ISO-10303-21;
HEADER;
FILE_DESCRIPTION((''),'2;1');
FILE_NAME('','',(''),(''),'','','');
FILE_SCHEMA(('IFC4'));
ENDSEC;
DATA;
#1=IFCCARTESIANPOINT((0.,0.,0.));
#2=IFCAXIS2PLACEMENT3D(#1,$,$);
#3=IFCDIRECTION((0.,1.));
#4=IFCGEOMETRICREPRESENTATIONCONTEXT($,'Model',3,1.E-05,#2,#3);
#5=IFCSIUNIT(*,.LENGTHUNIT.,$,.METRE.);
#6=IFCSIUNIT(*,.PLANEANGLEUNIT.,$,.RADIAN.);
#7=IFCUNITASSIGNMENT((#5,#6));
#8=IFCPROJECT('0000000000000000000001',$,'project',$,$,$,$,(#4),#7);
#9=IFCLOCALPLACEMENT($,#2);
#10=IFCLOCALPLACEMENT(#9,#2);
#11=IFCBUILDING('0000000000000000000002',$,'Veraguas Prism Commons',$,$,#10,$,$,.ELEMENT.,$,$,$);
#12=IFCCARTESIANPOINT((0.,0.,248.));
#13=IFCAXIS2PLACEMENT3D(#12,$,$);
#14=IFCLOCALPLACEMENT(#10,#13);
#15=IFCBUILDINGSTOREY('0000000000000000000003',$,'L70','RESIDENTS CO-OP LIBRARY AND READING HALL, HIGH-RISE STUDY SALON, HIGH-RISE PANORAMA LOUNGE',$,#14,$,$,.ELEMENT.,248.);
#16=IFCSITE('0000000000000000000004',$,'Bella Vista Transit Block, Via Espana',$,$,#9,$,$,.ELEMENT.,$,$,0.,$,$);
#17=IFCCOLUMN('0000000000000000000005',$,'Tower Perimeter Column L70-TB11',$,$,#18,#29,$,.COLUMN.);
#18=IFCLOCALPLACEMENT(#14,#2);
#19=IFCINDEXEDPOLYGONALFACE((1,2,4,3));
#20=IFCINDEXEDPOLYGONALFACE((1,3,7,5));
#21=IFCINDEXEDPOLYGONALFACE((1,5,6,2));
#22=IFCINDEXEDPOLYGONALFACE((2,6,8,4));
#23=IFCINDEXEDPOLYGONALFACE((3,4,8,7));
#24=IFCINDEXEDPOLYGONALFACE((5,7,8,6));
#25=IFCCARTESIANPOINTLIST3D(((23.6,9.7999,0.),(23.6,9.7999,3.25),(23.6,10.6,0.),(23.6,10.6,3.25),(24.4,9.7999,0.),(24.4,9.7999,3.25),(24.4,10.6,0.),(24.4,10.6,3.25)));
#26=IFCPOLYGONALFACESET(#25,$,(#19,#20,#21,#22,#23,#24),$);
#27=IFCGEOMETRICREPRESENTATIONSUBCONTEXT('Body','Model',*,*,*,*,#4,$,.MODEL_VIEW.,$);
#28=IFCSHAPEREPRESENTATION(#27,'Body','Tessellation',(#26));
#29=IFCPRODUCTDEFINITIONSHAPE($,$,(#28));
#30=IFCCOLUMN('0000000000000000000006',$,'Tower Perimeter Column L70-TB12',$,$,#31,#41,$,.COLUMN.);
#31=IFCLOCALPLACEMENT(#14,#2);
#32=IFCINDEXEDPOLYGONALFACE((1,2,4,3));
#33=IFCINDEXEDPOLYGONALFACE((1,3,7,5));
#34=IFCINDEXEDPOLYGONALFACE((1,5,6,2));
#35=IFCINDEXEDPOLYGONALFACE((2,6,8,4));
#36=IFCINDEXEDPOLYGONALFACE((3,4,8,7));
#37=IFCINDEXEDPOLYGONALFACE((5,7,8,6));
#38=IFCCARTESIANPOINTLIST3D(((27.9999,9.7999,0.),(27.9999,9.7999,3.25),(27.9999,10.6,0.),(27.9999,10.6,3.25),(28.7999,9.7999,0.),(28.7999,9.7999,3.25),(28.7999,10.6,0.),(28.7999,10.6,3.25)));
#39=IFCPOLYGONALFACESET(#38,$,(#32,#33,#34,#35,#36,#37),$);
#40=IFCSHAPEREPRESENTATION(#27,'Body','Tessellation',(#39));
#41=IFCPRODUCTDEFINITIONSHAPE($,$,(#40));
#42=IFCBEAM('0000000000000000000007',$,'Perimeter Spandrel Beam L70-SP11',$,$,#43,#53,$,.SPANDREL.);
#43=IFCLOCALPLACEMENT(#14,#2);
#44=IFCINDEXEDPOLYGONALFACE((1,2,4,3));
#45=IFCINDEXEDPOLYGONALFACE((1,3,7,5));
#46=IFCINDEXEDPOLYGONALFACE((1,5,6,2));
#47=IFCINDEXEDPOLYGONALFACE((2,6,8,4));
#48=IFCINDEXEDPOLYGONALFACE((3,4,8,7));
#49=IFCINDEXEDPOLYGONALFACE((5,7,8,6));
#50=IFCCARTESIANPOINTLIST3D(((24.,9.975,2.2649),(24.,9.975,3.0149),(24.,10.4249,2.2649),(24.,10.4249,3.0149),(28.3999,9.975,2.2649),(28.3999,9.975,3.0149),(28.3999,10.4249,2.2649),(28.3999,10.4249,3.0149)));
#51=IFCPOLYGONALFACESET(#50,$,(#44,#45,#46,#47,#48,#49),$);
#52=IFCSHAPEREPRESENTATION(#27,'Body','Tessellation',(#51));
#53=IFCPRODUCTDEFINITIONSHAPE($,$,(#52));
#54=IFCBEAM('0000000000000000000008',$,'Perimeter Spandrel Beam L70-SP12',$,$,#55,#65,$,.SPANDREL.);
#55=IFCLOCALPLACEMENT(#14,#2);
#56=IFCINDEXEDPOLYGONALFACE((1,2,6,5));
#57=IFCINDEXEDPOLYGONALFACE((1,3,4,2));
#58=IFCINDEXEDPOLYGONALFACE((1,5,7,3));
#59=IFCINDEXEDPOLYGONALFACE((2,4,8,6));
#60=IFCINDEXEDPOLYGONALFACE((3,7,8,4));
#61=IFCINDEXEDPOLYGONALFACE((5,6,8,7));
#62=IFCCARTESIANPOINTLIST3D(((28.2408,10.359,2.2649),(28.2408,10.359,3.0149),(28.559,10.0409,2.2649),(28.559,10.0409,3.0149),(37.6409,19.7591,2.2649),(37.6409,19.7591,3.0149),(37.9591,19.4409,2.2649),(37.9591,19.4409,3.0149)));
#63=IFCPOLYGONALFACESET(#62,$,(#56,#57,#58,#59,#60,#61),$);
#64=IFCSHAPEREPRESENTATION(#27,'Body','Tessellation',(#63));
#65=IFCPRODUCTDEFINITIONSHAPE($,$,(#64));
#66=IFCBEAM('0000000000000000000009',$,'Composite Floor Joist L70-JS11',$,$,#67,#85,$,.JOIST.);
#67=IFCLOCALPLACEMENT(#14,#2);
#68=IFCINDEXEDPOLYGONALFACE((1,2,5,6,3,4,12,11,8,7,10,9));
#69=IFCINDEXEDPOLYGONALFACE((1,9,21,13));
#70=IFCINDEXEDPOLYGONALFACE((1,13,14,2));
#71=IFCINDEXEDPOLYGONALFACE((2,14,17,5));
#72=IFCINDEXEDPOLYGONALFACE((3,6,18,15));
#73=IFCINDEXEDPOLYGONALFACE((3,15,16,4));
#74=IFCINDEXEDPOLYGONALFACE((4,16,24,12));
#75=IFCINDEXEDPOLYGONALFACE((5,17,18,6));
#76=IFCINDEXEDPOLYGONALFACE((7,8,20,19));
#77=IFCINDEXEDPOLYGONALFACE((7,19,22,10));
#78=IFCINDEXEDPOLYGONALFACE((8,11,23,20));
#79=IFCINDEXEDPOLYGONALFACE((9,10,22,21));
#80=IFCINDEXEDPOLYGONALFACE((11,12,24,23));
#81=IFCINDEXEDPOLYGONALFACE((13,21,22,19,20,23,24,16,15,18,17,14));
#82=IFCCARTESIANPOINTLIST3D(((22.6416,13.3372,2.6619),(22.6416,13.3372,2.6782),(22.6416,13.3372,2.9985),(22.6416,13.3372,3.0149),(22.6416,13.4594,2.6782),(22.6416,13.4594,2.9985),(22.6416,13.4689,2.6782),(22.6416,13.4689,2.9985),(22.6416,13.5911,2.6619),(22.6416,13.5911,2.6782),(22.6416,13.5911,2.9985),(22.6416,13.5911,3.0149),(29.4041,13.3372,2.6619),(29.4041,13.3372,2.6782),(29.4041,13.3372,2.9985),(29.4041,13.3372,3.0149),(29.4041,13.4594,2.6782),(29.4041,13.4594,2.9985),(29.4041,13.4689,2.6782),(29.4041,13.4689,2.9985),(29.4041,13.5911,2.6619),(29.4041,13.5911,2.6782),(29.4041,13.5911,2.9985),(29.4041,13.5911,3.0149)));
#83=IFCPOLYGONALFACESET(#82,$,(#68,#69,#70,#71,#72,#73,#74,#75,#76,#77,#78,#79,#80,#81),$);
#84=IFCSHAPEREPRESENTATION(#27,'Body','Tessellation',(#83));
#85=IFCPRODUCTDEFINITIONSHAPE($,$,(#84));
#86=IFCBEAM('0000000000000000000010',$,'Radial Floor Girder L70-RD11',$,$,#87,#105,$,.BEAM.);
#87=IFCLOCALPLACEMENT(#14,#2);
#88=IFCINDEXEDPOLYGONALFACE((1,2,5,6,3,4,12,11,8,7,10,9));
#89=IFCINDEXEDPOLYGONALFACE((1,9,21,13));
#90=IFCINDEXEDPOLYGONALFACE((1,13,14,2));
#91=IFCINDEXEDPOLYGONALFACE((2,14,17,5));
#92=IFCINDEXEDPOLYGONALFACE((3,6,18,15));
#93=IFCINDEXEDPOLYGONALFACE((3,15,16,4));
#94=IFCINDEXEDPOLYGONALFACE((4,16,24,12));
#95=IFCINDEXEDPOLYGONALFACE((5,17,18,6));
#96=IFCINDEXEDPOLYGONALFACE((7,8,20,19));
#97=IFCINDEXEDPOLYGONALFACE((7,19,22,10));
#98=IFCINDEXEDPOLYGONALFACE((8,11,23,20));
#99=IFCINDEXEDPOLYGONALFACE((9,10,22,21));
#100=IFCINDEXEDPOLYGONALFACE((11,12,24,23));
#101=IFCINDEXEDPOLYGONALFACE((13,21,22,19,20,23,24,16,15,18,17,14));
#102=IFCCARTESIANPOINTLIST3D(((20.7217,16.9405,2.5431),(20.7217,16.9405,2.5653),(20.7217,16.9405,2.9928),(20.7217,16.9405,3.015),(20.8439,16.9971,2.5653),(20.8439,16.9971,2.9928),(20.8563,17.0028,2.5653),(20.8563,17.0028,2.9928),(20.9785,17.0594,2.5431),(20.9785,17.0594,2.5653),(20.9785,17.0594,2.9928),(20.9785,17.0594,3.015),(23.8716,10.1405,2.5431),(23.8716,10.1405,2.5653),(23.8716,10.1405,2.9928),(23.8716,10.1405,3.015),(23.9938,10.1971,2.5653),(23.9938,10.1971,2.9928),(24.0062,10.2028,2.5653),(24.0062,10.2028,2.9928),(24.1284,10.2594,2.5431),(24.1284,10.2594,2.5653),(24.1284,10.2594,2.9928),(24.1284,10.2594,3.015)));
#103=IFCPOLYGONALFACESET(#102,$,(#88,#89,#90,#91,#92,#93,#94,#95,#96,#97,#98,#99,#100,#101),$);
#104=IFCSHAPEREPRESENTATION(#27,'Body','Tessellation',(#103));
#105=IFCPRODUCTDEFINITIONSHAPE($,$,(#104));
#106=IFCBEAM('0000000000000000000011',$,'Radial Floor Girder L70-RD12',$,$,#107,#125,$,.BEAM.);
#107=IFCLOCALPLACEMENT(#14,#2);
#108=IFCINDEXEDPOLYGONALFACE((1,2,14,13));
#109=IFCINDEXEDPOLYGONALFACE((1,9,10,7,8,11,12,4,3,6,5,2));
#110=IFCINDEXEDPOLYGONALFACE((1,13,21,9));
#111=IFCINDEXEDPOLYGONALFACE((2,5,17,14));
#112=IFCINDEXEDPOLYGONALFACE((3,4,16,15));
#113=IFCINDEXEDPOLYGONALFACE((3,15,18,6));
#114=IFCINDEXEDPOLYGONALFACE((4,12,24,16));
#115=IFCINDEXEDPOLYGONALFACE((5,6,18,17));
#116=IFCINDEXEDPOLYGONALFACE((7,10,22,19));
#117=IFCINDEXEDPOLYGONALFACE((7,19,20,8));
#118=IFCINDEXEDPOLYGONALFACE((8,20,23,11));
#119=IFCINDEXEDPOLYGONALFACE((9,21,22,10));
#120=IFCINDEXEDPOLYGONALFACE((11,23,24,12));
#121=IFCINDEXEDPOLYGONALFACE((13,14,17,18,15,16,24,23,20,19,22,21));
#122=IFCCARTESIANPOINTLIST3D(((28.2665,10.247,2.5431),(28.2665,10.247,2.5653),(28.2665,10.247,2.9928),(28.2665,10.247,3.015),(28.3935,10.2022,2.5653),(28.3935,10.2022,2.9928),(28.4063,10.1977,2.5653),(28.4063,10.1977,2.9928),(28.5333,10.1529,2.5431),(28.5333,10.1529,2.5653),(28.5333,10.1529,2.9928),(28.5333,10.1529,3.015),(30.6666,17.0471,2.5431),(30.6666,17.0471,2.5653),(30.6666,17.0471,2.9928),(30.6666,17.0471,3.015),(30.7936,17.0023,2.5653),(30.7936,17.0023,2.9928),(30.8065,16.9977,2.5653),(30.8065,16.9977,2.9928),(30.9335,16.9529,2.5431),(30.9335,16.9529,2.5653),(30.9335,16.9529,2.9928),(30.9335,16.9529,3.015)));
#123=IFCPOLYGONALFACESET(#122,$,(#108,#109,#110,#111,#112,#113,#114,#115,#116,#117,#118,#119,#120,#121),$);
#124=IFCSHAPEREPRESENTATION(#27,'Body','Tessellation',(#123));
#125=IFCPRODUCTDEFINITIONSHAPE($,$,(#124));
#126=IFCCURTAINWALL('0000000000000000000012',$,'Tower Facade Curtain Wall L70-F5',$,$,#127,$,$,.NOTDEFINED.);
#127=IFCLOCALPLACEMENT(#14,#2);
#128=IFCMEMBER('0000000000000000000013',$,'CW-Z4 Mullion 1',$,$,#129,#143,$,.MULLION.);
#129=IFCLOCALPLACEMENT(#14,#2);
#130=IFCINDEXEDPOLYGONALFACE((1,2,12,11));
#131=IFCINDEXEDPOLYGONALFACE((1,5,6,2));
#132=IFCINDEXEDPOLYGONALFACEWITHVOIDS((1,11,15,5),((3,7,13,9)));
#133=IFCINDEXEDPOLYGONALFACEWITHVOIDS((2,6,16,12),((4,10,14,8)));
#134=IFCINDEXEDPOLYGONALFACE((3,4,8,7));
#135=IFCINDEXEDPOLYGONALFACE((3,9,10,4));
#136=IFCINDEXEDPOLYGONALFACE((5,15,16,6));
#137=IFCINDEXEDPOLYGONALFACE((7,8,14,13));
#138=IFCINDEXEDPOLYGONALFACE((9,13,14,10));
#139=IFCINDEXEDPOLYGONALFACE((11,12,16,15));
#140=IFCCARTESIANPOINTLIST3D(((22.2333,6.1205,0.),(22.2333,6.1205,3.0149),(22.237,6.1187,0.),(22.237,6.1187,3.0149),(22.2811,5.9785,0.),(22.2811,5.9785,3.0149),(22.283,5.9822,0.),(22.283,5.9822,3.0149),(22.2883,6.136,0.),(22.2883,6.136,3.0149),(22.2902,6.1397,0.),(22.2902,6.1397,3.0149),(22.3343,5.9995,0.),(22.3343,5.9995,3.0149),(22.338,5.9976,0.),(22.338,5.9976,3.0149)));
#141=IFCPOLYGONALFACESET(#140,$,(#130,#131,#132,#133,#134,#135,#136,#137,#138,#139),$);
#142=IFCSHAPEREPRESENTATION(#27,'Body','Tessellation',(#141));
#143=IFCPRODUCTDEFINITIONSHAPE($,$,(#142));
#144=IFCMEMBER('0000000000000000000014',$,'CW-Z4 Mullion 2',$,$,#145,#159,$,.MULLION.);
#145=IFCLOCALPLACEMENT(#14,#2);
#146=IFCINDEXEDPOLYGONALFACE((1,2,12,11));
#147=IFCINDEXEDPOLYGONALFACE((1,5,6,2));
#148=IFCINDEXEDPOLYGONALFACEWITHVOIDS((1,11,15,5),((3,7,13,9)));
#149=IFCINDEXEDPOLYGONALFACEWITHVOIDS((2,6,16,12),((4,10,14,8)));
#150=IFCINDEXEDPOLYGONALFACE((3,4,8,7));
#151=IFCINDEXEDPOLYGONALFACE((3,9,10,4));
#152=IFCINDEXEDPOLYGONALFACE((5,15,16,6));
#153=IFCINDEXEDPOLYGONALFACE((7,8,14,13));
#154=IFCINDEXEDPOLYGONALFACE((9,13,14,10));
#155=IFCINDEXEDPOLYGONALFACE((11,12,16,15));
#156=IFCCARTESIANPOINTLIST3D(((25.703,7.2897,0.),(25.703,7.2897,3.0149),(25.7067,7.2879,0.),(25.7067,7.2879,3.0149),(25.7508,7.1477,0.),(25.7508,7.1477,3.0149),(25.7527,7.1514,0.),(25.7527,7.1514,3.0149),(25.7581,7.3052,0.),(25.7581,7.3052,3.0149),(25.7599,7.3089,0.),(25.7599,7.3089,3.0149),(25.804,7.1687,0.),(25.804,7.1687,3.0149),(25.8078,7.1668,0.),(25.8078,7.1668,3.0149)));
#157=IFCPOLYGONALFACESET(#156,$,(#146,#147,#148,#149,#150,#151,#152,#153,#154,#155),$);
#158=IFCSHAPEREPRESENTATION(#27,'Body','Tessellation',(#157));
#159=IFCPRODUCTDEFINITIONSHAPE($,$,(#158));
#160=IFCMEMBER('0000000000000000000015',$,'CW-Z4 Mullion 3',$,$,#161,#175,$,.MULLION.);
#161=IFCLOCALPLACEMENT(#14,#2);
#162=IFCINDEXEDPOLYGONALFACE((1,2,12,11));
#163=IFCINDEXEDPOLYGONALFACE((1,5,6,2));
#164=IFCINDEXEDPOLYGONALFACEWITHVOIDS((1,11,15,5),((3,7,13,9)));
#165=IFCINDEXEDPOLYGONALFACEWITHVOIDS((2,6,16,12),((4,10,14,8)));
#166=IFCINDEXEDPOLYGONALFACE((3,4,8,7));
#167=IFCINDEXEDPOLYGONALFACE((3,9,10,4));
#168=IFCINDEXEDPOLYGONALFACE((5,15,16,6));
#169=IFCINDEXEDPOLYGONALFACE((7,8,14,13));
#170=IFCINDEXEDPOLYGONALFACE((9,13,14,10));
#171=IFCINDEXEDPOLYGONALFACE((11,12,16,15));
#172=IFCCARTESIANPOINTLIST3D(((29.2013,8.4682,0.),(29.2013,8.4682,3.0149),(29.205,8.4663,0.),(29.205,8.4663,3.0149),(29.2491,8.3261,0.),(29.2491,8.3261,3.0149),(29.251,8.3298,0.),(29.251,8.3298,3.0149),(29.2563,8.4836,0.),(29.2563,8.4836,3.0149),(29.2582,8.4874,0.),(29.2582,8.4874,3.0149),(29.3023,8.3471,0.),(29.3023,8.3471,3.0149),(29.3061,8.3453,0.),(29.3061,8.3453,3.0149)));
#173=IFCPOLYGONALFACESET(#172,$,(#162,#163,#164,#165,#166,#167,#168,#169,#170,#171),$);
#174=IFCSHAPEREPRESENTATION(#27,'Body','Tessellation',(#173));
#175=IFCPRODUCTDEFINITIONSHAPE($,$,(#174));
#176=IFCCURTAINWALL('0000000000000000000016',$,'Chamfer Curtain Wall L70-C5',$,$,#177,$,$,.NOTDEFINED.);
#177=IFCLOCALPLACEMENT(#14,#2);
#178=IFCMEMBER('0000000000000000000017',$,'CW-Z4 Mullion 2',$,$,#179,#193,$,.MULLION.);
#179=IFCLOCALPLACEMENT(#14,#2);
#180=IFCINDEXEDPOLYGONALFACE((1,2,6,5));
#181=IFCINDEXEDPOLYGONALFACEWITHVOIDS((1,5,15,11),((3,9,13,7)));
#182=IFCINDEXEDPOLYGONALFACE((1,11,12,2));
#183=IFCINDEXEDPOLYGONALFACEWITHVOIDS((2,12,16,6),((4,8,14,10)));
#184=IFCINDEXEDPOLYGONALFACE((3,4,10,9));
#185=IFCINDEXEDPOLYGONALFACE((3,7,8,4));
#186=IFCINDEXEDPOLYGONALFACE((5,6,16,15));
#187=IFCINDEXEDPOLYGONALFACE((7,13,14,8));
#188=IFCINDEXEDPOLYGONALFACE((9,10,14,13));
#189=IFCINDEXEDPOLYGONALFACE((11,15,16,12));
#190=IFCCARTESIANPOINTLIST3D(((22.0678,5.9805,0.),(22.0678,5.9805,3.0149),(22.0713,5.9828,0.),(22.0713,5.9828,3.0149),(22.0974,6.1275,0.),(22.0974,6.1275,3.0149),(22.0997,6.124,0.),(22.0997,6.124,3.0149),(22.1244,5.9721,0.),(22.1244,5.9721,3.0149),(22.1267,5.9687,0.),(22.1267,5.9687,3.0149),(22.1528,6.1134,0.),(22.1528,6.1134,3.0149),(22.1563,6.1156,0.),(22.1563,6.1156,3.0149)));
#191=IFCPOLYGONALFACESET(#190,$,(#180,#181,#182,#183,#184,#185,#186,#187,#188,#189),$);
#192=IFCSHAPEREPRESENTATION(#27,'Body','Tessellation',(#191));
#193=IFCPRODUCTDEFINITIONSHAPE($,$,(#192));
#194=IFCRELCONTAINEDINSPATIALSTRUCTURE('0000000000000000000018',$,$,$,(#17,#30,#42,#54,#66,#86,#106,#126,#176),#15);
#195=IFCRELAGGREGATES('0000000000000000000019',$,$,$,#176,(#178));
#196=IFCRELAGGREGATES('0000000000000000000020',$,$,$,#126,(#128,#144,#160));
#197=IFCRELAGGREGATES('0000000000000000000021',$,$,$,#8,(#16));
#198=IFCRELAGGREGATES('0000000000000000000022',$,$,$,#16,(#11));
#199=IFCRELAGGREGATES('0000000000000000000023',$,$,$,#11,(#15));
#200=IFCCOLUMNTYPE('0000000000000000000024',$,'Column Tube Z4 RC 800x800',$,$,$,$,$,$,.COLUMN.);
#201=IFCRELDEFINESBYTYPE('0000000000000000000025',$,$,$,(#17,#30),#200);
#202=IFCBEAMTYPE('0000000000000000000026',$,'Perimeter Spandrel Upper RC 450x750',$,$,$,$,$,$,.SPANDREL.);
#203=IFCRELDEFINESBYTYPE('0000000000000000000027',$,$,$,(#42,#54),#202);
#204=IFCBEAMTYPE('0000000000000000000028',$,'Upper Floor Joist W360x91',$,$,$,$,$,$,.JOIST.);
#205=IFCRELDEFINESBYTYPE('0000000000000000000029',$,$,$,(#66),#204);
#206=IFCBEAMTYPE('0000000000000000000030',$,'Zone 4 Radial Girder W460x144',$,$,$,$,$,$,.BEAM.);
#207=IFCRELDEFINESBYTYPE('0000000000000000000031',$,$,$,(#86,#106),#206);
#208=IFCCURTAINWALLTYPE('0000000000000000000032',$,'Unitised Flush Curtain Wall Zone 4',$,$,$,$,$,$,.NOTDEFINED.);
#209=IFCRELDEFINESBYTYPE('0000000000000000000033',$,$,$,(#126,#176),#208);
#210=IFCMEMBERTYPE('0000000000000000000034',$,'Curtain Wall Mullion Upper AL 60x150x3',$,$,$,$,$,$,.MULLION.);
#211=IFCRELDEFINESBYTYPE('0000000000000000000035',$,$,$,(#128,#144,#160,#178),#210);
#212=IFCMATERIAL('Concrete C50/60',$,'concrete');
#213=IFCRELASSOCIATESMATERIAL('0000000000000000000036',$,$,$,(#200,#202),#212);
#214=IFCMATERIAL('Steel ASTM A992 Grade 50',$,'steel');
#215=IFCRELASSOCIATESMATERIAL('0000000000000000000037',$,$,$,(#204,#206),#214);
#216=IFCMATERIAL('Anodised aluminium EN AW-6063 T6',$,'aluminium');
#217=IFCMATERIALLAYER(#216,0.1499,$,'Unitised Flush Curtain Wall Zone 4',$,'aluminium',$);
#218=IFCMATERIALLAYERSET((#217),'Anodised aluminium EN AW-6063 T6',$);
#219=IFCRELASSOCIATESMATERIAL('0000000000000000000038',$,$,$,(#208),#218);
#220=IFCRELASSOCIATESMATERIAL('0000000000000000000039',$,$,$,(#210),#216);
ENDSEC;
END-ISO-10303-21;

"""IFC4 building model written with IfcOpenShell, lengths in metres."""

from ifc_helpers import new_model, si_unit, direction, frame, origin, origin_2d, place, context, subcontext, project, spatial, rectangle, hollow_rectangle, i_section, extrude, source, transform, mapped, material, layer, layer_set, material_profile, profile_set, type_object, element, aggregate, save


model = new_model("IFC4")

# Units and contexts
model_context = context("Model", 3, precision=1e-05, world=origin(), true_north=direction((0.0, 1.0)))
body_context = subcontext(model_context, "Body", "Model", "MODEL_VIEW")
ifc_project = project(units=[si_unit("LENGTHUNIT", "METRE"), si_unit("PLANEANGLEUNIT", "RADIAN")], contexts=[model_context])

# Site, building, storey
site_placement = place(None, origin())
site = spatial("IfcSite", under=ifc_project, at=site_placement, Name="Bella Vista Transit Block, Via Espana", CompositionType="ELEMENT", RefElevation=0.0)
building_placement = place(site_placement, origin())
building = spatial("IfcBuilding", under=site, at=building_placement, Name="Veraguas Prism Commons", CompositionType="ELEMENT")
storey_placement = place(building_placement, frame((0.0, 0.0, 248.0)))
storey = spatial("IfcBuildingStorey", under=building, at=storey_placement, Name="L70", Description="RESIDENTS CO-OP LIBRARY AND READING HALL, HIGH-RISE STUDY SALON, HIGH-RISE PANORAMA LOUNGE", CompositionType="ELEMENT", Elevation=248.0)

# Columns
ifc_material_1 = material(Name="Concrete C50/60", Category="concrete")
ifc_material_profile_1 = material_profile(ifc_material_1, rectangle(XDim=0.8, YDim=0.8, at=origin_2d()), Name="RC800X800")
ifc_profile_set_1 = profile_set([ifc_material_profile_1], Name="Concrete C50/60")
column_type = type_object("IfcColumnType", Name="Column Tube Z4 RC 800x800", PredefinedType="COLUMN", material=ifc_profile_set_1)
for number, where, z_axis, x_axis, name in (
    (1, (24.0, 10.2, 0.0), (0.0, 0.0, 1.0), (1.0, 0.0, 0.0), "Tower Perimeter Column L70-TB11"),
    (2, (28.3999, 10.2, 0.0), (0.0, 0.0, 1.0), (1.0, 0.0, 0.0), "Tower Perimeter Column L70-TB12"),
):
    element("IfcColumn", number, at=place(storey_placement, frame(where, z_axis=z_axis, x_axis=x_axis)), inside=storey, type_object=column_type, Name=name, PredefinedType="COLUMN", context=body_context, shape_type="SweptSolid", body=[
        extrude(rectangle(XDim=0.8, YDim=0.8, at=origin_2d()), origin(), (0.0, 0.0, 1.0), 3.25),
    ])

# Beams
ifc_material_profile_2 = material_profile(ifc_material_1, rectangle(XDim=0.45, YDim=0.75, at=origin_2d()), Name="RC450X750")
ifc_profile_set_2 = profile_set([ifc_material_profile_2], Name="Concrete C50/60")
beam_type_1 = type_object("IfcBeamType", Name="Perimeter Spandrel Upper RC 450x750", PredefinedType="SPANDREL", material=ifc_profile_set_2)
beam_1_placement = place(storey_placement, frame((24.0, 10.2, 2.6399), z_axis=(1.0, 0.0, 0.0), x_axis=(0.0, 1.0, 0.0)))
element("IfcBeam", 3, at=beam_1_placement, inside=storey, type_object=beam_type_1, Name="Perimeter Spandrel Beam L70-SP11", PredefinedType="SPANDREL", context=body_context, shape_type="SweptSolid", body=[
    extrude(rectangle(XDim=0.45, YDim=0.75, at=origin_2d()), origin(), (0.0, 0.0, 1.0), 4.3999),
])
beam_2_placement = place(storey_placement, frame((28.3999, 10.2, 2.6399), z_axis=(0.707107, 0.707107, 0.0), x_axis=(-0.707107, 0.707107, 0.0)))
element("IfcBeam", 4, at=beam_2_placement, inside=storey, type_object=beam_type_1, Name="Perimeter Spandrel Beam L70-SP12", PredefinedType="SPANDREL", context=body_context, shape_type="SweptSolid", body=[
    extrude(rectangle(XDim=0.45, YDim=0.75, at=origin_2d()), origin(), (0.0, 0.0, 1.0), 13.2937),
])
ifc_material_2 = material(Name="Steel ASTM A992 Grade 50", Category="steel")
ifc_material_profile_3 = material_profile(ifc_material_2, i_section(OverallWidth=0.2539, OverallDepth=0.353, WebThickness=0.0095, FlangeThickness=0.0164, at=origin_2d()), Name="W360X91")
ifc_profile_set_3 = profile_set([ifc_material_profile_3], Name="Steel ASTM A992 Grade 50")
beam_type_2 = type_object("IfcBeamType", Name="Upper Floor Joist W360x91", PredefinedType="JOIST", material=ifc_profile_set_3)
beam_3_placement = place(storey_placement, frame((22.6416, 13.4641, 2.8384), z_axis=(1.0, 0.0, 0.0), x_axis=(0.0, 1.0, 0.0)))
element("IfcBeam", 5, at=beam_3_placement, inside=storey, type_object=beam_type_2, Name="Composite Floor Joist L70-JS11", PredefinedType="JOIST", context=body_context, shape_type="SweptSolid", body=[
    extrude(i_section(OverallWidth=0.2539, OverallDepth=0.353, WebThickness=0.0095, FlangeThickness=0.0164, at=origin_2d()), origin(), (0.0, 0.0, 1.0), 6.7625),
])
ifc_material_profile_4 = material_profile(ifc_material_2, i_section(OverallWidth=0.283, OverallDepth=0.4719, WebThickness=0.0137, FlangeThickness=0.0222, at=origin_2d()), Name="W460X144")
ifc_profile_set_4 = profile_set([ifc_material_profile_4], Name="Steel ASTM A992 Grade 50")
beam_type_3 = type_object("IfcBeamType", Name="Zone 4 Radial Girder W460x144", PredefinedType="BEAM", material=ifc_profile_set_4)
beam_4_placement = place(storey_placement, frame((24.0, 10.2, 2.7791), z_axis=(-0.420314, 0.907379, 0.0), x_axis=(-0.907379, -0.420314, 0.0)))
element("IfcBeam", 6, at=beam_4_placement, inside=storey, type_object=beam_type_3, Name="Radial Floor Girder L70-RD11", PredefinedType="BEAM", context=body_context, shape_type="SweptSolid", body=[
    extrude(i_section(OverallWidth=0.283, OverallDepth=0.4719, WebThickness=0.0137, FlangeThickness=0.0222, at=origin_2d()), origin(), (0.0, 0.0, 1.0), 7.4941),
])
beam_5_placement = place(storey_placement, frame((28.3999, 10.2, 2.7791), z_axis=(0.332836, 0.942985, 0.0), x_axis=(-0.942985, 0.332836, 0.0)))
element("IfcBeam", 7, at=beam_5_placement, inside=storey, type_object=beam_type_3, Name="Radial Floor Girder L70-RD12", PredefinedType="BEAM", context=body_context, shape_type="SweptSolid", body=[
    extrude(i_section(OverallWidth=0.283, OverallDepth=0.4719, WebThickness=0.0137, FlangeThickness=0.0222, at=origin_2d()), origin(), (0.0, 0.0, 1.0), 7.2112),
])

# Curtain wall, members
ifc_material_3 = material(Name="Anodised aluminium EN AW-6063 T6", Category="aluminium")
ifc_layer_1 = layer(ifc_material_3, 0.1499, Name="Unitised Flush Curtain Wall Zone 4", Category="aluminium")
ifc_layer_set_1 = layer_set([ifc_layer_1], Name="Anodised aluminium EN AW-6063 T6")
curtain_wall_type = type_object("IfcCurtainWallType", Name="Unitised Flush Curtain Wall Zone 4", PredefinedType="NOTDEFINED", material=ifc_layer_set_1)
curtain_wall_1_placement = place(storey_placement, origin())
curtain_wall_1 = element("IfcCurtainWall", 8, at=curtain_wall_1_placement, inside=storey, type_object=curtain_wall_type, Name="Tower Facade Curtain Wall L70-F5", PredefinedType="NOTDEFINED")
ifc_material_profile_5 = material_profile(ifc_material_3, hollow_rectangle(XDim=0.0601, YDim=0.1499, WallThickness=0.0029, at=origin_2d()), Name="AL60X150X3")
ifc_profile_set_5 = profile_set([ifc_material_profile_5], Name="Anodised aluminium EN AW-6063 T6")
member_type_1 = type_object("IfcMemberType", Name="Curtain Wall Mullion Upper AL 60x150x3", PredefinedType="MULLION", material=ifc_profile_set_5)
shared_shape_1 = source(origin(), body_context, "Body", "SweptSolid", [
    extrude(hollow_rectangle(XDim=0.0601, YDim=0.1499, WallThickness=0.0029, at=origin_2d()), origin(), (0.0, 0.0, 1.0), 3.0149),
])
member_1_placement = place(storey_placement, frame((22.2856, 6.0591, 0.0), z_axis=(0.0, 0.0, 1.0), x_axis=(0.947659, 0.319284, 0.0)))
member_1 = element("IfcMember", 9, at=member_1_placement, type_object=member_type_1, Name="CW-Z4 Mullion 1", PredefinedType="MULLION", context=body_context, shape_type="MappedRepresentation", body=[
    mapped(shared_shape_1, transform((0.0, 0.0, 0.0), scale=1.0)),
])
member_2_placement = place(storey_placement, frame((25.7554, 7.2283, 0.0), z_axis=(0.0, 0.0, 1.0), x_axis=(0.947659, 0.319284, 0.0)))
member_2 = element("IfcMember", 10, at=member_2_placement, type_object=member_type_1, Name="CW-Z4 Mullion 2", PredefinedType="MULLION", context=body_context, shape_type="MappedRepresentation", body=[
    mapped(shared_shape_1, transform((0.0, 0.0, 0.0), scale=1.0)),
])
member_3_placement = place(storey_placement, frame((29.2537, 8.4067, 0.0), z_axis=(0.0, 0.0, 1.0), x_axis=(0.947659, 0.319284, 0.0)))
member_3 = element("IfcMember", 11, at=member_3_placement, type_object=member_type_1, Name="CW-Z4 Mullion 3", PredefinedType="MULLION", context=body_context, shape_type="MappedRepresentation", body=[
    mapped(shared_shape_1, transform((0.0, 0.0, 0.0), scale=1.0)),
])

# Curtain wall, member
curtain_wall_2_placement = place(storey_placement, origin())
curtain_wall_2 = element("IfcCurtainWall", 12, at=curtain_wall_2_placement, inside=storey, type_object=curtain_wall_type, Name="Chamfer Curtain Wall L70-C5", PredefinedType="NOTDEFINED")
member_4_placement = place(storey_placement, frame((22.1121, 6.0481, 0.0), z_axis=(0.0, 0.0, 1.0), x_axis=(0.980339, -0.197322, 0.0)))
member_4 = element("IfcMember", 13, at=member_4_placement, type_object=member_type_1, Name="CW-Z4 Mullion 2", PredefinedType="MULLION", context=body_context, shape_type="MappedRepresentation", body=[
    mapped(shared_shape_1, transform((0.0, 0.0, 0.0), scale=1.0)),
])
aggregate(curtain_wall_2, [member_4])

aggregate(curtain_wall_1, [member_1, member_2, member_3])

save(model, "model.ifc")
